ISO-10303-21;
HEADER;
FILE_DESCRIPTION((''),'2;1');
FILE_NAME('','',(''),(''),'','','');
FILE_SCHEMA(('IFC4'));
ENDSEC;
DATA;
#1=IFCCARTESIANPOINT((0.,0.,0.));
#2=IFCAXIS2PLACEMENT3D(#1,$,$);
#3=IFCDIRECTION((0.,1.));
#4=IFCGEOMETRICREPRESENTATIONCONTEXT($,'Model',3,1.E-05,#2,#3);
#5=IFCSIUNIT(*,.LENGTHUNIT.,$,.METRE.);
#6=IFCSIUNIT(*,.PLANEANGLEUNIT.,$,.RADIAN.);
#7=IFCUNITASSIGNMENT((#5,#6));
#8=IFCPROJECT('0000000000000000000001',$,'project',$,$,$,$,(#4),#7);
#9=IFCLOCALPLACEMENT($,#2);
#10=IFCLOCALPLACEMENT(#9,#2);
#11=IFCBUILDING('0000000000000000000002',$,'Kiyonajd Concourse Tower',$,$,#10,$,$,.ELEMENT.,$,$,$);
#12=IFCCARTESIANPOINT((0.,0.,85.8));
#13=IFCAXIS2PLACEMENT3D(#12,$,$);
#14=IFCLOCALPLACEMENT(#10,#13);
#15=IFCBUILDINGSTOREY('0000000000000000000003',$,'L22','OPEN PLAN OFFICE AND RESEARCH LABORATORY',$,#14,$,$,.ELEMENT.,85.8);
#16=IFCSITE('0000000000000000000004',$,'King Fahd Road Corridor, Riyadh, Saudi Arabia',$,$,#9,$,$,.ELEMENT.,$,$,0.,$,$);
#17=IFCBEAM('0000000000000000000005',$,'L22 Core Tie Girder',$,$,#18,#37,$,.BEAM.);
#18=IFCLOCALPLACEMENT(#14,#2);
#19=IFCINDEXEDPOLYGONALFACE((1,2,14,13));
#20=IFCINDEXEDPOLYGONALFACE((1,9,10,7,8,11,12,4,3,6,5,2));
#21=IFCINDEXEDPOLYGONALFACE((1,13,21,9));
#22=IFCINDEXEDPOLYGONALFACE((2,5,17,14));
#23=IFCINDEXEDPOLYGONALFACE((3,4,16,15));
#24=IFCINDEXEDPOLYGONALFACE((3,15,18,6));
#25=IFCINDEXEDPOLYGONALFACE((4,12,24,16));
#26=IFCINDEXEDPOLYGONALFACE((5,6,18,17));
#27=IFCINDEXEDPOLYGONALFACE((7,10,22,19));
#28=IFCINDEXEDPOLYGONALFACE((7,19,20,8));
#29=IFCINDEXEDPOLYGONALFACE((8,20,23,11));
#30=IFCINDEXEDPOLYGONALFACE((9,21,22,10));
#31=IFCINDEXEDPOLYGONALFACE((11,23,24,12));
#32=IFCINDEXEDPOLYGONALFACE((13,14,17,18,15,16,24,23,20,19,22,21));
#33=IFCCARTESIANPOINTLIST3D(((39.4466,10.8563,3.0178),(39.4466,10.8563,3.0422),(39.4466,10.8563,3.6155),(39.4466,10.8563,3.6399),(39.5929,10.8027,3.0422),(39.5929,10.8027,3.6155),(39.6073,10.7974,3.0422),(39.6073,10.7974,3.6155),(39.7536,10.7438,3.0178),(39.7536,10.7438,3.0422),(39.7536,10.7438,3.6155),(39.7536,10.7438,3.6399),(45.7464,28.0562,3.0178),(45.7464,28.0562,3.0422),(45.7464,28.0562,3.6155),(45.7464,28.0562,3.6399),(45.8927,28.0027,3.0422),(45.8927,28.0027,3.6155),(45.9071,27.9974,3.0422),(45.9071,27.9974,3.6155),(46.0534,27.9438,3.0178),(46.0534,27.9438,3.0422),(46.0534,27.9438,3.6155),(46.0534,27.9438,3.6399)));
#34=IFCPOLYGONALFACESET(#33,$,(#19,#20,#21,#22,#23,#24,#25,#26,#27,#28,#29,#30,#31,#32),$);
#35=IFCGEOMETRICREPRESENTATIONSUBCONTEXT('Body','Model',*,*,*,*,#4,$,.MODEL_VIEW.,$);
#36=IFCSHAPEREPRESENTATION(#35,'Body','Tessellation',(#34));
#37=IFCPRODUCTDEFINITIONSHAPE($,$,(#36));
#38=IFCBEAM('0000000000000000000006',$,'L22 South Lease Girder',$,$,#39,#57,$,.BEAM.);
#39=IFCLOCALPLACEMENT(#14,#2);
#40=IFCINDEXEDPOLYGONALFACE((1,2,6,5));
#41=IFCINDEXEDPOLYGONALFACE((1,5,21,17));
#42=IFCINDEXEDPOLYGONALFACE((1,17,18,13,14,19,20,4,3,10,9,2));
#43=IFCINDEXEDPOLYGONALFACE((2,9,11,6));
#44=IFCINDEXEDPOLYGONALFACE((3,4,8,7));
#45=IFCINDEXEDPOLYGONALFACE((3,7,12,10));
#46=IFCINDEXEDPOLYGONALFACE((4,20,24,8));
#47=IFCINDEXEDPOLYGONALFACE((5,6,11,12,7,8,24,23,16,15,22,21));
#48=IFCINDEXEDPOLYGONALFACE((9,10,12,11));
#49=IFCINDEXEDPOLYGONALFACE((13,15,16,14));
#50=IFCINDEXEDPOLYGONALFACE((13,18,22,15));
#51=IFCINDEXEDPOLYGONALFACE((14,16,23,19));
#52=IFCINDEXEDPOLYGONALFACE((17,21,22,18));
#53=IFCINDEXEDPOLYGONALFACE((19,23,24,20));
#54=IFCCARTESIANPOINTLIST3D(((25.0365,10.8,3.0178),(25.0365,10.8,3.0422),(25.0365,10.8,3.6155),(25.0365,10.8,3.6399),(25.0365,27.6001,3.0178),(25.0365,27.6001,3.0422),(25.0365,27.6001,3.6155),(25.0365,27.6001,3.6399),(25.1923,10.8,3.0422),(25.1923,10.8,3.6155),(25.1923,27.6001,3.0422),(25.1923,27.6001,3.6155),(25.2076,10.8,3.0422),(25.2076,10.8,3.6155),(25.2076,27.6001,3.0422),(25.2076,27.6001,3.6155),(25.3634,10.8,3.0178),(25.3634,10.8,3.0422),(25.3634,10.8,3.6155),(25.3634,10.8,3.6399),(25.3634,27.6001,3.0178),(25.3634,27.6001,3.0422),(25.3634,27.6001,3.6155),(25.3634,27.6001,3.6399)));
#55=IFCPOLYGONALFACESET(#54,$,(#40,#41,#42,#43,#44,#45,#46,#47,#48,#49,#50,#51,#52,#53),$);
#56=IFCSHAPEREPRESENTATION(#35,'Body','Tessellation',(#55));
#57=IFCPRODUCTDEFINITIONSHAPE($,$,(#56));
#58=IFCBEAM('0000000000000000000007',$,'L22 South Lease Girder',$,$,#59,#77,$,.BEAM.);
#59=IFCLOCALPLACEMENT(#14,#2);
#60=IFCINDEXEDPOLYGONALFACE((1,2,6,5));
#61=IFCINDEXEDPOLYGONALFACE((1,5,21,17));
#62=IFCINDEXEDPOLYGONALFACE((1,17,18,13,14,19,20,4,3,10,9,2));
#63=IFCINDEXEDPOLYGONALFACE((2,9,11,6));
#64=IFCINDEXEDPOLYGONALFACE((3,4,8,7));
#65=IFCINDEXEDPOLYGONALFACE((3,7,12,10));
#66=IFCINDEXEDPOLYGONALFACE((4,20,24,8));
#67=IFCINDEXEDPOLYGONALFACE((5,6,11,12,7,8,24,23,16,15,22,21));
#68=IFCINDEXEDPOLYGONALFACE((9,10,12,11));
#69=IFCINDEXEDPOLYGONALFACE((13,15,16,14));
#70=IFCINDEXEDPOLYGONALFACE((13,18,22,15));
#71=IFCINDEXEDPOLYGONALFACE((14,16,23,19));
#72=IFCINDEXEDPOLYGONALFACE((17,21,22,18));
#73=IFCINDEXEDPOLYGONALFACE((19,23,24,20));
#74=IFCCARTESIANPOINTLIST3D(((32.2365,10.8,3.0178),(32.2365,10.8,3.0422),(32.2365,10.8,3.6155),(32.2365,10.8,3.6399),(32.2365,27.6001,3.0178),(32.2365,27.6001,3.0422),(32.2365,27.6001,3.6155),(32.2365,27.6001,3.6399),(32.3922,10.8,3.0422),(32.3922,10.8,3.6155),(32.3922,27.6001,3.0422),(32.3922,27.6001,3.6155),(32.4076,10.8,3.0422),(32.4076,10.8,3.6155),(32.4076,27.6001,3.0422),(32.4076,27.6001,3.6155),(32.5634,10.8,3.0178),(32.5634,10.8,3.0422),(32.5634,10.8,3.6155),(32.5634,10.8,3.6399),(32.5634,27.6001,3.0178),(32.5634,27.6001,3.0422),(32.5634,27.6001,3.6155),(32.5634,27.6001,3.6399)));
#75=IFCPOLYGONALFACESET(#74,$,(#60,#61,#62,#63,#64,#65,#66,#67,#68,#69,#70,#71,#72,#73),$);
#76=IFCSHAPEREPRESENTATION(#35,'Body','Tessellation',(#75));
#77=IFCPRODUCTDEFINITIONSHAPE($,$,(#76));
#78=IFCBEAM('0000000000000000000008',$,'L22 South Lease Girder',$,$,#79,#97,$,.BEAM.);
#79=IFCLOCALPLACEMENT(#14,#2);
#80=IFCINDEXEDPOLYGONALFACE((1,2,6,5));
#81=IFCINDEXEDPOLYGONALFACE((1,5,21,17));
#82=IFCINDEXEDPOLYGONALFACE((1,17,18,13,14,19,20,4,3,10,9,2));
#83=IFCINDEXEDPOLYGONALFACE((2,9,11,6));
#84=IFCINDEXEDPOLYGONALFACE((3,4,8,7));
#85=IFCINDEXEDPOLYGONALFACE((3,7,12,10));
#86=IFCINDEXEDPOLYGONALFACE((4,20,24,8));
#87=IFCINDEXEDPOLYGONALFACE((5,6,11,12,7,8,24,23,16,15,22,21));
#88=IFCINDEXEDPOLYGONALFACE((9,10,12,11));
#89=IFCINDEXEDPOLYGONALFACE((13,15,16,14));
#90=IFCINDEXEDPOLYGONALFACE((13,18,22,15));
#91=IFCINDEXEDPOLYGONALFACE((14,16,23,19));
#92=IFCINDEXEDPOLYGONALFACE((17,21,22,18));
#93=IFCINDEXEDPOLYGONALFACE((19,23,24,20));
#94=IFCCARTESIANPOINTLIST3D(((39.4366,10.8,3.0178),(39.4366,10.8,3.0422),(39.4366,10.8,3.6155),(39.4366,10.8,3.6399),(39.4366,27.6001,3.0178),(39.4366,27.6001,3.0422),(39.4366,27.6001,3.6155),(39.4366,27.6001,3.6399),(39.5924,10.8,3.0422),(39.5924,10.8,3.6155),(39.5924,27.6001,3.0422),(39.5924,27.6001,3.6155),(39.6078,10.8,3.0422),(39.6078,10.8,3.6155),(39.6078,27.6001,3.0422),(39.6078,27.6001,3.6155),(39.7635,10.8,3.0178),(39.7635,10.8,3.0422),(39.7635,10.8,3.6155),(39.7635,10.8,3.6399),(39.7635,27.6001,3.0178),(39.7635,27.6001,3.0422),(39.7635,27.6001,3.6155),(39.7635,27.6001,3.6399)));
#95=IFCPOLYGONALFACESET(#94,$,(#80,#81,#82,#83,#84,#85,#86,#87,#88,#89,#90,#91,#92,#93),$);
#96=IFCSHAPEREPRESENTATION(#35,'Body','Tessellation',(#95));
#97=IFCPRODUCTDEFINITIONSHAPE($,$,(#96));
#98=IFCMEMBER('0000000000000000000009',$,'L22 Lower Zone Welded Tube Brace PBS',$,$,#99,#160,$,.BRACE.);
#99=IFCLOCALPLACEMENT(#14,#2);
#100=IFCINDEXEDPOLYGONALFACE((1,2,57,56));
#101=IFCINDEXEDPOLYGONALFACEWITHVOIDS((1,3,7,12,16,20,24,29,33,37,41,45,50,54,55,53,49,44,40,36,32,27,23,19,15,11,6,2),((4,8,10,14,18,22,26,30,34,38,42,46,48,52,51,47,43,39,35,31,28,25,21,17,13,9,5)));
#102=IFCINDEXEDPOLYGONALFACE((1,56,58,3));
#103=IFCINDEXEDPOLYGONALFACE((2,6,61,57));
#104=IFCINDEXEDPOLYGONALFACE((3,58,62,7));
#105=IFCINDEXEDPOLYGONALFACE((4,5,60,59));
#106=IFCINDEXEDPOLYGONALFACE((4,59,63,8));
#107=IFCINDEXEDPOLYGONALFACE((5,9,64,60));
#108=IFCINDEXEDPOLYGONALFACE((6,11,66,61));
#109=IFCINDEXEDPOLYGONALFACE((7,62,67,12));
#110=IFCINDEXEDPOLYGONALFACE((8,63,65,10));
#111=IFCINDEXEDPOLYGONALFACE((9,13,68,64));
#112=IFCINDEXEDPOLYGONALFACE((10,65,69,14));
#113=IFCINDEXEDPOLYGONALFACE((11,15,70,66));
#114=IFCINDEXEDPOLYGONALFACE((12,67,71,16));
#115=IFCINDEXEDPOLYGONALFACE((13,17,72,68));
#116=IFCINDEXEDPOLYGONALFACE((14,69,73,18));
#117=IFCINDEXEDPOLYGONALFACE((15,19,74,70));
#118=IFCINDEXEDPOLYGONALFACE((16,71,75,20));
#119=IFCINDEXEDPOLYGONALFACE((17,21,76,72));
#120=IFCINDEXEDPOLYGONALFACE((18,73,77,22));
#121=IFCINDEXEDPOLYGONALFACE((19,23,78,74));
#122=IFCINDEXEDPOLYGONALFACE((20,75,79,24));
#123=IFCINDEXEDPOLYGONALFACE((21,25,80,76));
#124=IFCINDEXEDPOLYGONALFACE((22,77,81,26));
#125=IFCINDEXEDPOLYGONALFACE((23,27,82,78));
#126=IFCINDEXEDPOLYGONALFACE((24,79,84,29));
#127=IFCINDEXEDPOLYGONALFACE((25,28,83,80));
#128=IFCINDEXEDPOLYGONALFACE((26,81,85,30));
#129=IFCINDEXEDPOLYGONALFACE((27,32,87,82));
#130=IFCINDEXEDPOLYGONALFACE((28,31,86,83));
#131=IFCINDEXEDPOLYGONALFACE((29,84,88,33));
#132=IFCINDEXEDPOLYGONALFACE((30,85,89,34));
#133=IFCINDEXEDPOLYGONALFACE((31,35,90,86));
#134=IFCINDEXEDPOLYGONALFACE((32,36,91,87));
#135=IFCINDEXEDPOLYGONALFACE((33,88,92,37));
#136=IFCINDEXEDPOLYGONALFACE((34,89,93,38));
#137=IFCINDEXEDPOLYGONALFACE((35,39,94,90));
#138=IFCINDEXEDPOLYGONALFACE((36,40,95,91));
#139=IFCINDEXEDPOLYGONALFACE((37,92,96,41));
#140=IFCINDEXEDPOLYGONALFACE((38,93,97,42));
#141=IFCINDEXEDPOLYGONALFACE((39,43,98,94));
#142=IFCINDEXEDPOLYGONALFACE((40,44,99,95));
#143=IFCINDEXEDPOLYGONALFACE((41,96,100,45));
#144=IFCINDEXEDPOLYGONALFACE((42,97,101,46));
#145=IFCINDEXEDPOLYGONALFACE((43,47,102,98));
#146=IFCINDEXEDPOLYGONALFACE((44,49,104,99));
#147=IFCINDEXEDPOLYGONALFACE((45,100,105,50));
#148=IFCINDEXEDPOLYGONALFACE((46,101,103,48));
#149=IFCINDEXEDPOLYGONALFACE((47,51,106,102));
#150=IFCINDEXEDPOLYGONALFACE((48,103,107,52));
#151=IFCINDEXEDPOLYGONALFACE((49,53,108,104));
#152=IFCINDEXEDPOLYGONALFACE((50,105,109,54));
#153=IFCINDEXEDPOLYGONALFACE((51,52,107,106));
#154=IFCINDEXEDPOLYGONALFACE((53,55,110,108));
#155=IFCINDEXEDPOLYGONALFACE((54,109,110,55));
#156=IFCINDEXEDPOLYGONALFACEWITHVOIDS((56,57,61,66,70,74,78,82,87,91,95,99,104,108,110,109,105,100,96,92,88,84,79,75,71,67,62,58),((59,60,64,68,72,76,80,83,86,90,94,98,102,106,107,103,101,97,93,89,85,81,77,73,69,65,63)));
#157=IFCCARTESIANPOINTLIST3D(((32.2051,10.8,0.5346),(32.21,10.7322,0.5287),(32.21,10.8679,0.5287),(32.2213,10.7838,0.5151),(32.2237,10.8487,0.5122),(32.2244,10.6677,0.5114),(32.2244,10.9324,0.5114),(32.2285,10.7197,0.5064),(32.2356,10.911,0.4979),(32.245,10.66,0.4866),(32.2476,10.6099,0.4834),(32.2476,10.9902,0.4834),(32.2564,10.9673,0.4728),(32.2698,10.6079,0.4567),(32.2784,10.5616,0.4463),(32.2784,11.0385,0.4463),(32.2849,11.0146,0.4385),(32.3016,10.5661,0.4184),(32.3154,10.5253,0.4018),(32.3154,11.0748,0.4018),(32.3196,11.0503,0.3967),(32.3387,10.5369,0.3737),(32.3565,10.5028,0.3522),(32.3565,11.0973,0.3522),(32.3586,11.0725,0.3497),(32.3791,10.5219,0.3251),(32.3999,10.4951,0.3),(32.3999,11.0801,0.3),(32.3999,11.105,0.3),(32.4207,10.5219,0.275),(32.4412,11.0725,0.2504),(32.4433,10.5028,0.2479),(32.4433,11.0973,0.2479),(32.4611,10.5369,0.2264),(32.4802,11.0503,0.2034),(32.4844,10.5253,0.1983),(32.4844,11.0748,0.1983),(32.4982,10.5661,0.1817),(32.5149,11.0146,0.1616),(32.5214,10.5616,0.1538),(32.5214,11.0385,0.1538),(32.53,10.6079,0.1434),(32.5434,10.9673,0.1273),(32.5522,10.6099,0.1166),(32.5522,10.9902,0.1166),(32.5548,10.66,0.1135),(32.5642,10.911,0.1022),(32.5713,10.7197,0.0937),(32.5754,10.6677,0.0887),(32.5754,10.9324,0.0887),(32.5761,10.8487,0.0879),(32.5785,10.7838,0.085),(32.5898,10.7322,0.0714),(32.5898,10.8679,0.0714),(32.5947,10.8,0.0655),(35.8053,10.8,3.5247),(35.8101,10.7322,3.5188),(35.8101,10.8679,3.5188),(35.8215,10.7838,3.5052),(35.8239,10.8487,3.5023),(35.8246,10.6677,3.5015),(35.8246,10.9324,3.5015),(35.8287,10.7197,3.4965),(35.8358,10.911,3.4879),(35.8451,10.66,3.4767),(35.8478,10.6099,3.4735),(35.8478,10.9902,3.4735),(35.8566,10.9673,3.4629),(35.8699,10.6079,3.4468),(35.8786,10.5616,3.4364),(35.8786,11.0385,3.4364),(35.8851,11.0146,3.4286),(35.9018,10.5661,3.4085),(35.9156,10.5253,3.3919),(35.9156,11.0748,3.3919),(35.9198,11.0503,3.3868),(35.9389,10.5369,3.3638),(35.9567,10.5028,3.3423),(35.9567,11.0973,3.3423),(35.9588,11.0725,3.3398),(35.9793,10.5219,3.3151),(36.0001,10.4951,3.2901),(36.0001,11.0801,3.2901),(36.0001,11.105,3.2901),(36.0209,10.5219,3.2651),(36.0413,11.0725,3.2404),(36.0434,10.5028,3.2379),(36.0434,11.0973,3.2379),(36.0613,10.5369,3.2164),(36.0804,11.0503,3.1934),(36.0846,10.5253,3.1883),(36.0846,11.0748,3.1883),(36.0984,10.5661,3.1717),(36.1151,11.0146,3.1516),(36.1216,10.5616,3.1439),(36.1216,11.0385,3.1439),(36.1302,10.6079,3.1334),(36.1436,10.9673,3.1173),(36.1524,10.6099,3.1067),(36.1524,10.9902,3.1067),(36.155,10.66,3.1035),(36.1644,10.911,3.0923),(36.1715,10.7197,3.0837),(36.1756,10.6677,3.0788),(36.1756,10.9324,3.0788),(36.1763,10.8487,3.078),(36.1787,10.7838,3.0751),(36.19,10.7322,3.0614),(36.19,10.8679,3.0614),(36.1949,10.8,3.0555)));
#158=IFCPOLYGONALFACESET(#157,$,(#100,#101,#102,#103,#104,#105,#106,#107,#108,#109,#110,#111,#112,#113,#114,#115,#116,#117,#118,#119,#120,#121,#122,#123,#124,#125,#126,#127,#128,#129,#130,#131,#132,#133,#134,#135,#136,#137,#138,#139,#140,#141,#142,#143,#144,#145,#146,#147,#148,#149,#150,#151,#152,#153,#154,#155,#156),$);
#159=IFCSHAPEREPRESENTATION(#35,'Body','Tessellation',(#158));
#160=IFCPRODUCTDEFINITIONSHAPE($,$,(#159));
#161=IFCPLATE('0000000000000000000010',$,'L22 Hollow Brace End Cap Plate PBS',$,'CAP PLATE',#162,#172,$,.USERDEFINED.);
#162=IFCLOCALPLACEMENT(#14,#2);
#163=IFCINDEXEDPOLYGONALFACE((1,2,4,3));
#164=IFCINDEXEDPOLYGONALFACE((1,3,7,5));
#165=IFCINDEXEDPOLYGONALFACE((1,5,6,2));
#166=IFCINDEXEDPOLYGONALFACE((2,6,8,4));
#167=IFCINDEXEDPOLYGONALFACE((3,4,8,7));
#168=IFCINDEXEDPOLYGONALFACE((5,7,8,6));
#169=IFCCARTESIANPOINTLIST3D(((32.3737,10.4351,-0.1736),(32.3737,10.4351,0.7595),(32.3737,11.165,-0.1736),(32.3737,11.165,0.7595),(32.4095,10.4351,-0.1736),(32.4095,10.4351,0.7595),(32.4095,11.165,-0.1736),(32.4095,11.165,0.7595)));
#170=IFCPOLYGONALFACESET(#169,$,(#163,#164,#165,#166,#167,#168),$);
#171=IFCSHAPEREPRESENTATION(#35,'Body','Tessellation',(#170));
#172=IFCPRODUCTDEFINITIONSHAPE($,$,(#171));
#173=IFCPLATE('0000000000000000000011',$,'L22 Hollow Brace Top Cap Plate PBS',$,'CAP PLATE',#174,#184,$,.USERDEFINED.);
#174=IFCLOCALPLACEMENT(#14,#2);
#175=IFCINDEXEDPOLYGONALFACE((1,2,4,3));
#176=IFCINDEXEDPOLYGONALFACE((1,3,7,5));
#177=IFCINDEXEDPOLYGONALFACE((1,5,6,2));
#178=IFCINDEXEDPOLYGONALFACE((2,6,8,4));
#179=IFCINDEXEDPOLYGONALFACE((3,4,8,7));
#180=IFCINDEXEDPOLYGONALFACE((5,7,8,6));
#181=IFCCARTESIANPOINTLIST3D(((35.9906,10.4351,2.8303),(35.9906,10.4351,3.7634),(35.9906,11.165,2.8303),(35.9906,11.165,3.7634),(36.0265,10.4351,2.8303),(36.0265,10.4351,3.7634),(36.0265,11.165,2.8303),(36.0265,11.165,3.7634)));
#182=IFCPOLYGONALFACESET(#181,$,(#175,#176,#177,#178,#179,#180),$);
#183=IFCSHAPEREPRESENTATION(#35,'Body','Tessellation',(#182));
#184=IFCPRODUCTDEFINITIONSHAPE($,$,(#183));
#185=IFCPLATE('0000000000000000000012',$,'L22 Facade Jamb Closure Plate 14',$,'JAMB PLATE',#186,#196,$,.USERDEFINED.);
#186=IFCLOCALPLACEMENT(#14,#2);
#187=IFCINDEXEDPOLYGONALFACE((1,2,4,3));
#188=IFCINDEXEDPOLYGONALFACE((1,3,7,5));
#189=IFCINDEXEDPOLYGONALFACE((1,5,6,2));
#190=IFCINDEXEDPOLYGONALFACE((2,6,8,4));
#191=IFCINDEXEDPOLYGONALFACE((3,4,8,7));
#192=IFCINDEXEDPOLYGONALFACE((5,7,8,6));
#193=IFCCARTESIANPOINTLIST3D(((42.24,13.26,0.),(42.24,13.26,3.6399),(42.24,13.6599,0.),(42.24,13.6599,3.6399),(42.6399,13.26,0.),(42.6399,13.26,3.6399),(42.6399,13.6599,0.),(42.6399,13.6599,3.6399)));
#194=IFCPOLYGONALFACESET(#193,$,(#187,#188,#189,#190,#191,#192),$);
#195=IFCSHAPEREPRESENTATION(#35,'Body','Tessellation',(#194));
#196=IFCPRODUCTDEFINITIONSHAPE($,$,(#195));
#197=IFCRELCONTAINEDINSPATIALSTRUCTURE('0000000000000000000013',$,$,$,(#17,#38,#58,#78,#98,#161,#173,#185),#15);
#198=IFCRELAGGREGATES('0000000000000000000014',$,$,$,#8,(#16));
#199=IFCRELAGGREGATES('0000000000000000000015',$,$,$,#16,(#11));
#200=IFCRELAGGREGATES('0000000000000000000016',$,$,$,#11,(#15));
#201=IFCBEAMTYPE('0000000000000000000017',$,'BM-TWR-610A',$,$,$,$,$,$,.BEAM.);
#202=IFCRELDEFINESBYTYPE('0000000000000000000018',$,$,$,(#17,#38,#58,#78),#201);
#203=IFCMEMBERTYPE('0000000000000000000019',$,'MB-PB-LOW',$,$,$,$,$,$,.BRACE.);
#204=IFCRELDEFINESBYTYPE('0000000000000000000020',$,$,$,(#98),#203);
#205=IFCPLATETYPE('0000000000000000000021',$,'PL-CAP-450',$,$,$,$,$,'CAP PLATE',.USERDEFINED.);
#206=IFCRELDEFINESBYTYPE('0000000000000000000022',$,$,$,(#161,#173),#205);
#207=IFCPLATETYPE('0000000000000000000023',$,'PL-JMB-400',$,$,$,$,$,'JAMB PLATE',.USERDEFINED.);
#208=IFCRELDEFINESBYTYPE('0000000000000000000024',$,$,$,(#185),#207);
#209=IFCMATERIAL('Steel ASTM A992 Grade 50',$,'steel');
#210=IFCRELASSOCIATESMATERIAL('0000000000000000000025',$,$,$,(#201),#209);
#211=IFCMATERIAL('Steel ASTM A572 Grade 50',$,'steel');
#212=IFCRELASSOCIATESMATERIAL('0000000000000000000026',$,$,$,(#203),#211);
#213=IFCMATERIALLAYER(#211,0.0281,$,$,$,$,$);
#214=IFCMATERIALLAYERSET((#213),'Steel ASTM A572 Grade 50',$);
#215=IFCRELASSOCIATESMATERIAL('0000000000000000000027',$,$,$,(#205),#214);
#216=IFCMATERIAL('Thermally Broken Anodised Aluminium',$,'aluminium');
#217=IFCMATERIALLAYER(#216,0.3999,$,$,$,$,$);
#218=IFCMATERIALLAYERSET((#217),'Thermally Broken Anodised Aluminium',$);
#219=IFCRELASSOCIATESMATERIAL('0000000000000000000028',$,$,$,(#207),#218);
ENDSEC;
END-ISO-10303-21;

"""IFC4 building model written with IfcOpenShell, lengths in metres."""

from ifc_helpers import new_model, si_unit, direction, frame, origin, origin_2d, place, context, subcontext, project, spatial, rectangle, hollow_circle, i_section, extrude, material, layer, layer_set, material_profile, profile_set, type_object, element, save


model = new_model("IFC4")

# Units and contexts
model_context = context("Model", 3, precision=1e-05, world=origin(), true_north=direction((0.0, 1.0)))
body_context = subcontext(model_context, "Body", "Model", "MODEL_VIEW")
ifc_project = project(units=[si_unit("LENGTHUNIT", "METRE"), si_unit("PLANEANGLEUNIT", "RADIAN")], contexts=[model_context])

# Site, building, storey
site_placement = place(None, origin())
site = spatial("IfcSite", under=ifc_project, at=site_placement, Name="King Fahd Road Corridor, Riyadh, Saudi Arabia", CompositionType="ELEMENT", RefElevation=0.0)
building_placement = place(site_placement, origin())
building = spatial("IfcBuilding", under=site, at=building_placement, Name="Kiyonajd Concourse Tower", CompositionType="ELEMENT")
storey_placement = place(building_placement, frame((0.0, 0.0, 85.8)))
storey = spatial("IfcBuildingStorey", under=building, at=storey_placement, Name="L22", Description="OPEN PLAN OFFICE AND RESEARCH LABORATORY", CompositionType="ELEMENT", Elevation=85.8)

# Beams
ifc_material_1 = material(Name="Steel ASTM A992 Grade 50", Category="steel")
ifc_material_profile_1 = material_profile(ifc_material_1, i_section(OverallWidth=0.3269, OverallDepth=0.6221, WebThickness=0.0154, FlangeThickness=0.0244, at=origin_2d()), Name="W610X195")
ifc_profile_set_1 = profile_set([ifc_material_profile_1], Name="Steel ASTM A992 Grade 50")
beam_type_1 = type_object("IfcBeamType", Name="BM-TWR-610A", PredefinedType="BEAM", material=ifc_profile_set_1)
beam_1_placement = place(storey_placement, frame((39.6001, 10.8, 3.3289), z_axis=(0.343925, 0.938997, 0.0), x_axis=(-0.938997, 0.343925, 0.0)))
element("IfcBeam", 1, at=beam_1_placement, inside=storey, type_object=beam_type_1, Name="L22 Core Tie Girder", PredefinedType="BEAM", context=body_context, shape_type="SweptSolid", body=[
    extrude(i_section(OverallWidth=0.3269, OverallDepth=0.6221, WebThickness=0.0154, FlangeThickness=0.0244, at=origin_2d()), origin(), (0.0, 0.0, 1.0), 18.3174),
])
for number, where, z_axis, x_axis, name in (
    (2, (25.2, 10.8, 3.3289), (0.0, 1.0, 0.0), (-1.0, 0.0, 0.0), "L22 South Lease Girder"),
    (3, (32.3999, 10.8, 3.3289), (0.0, 1.0, 0.0), (-1.0, 0.0, 0.0), "L22 South Lease Girder"),
    (4, (39.6001, 10.8, 3.3289), (0.0, 1.0, 0.0), (-1.0, 0.0, 0.0), "L22 South Lease Girder"),
):
    element("IfcBeam", number, at=place(storey_placement, frame(where, z_axis=z_axis, x_axis=x_axis)), inside=storey, type_object=beam_type_1, Name=name, PredefinedType="BEAM", context=body_context, shape_type="SweptSolid", body=[
        extrude(i_section(OverallWidth=0.3269, OverallDepth=0.6221, WebThickness=0.0154, FlangeThickness=0.0244, at=origin_2d()), origin(), (0.0, 0.0, 1.0), 16.8),
    ])

# Member
ifc_material_2 = material(Name="Steel ASTM A572 Grade 50", Category="steel")
ifc_material_profile_2 = material_profile(ifc_material_2, hollow_circle(Radius=0.3049, WallThickness=0.0249, at=origin_2d()), Name="CHS-610x25")
ifc_profile_set_2 = profile_set([ifc_material_profile_2], Name="Steel ASTM A572 Grade 50")
member_type = type_object("IfcMemberType", Name="MB-PB-LOW", PredefinedType="BRACE", material=ifc_profile_set_2)
member_placement = place(storey_placement, frame((32.3999, 10.8, 0.3), z_axis=(0.769281, 0.0, 0.638911), x_axis=(0.0, 1.0, 0.0)))
element("IfcMember", 5, at=member_placement, inside=storey, type_object=member_type, Name="L22 Lower Zone Welded Tube Brace PBS", PredefinedType="BRACE", context=body_context, shape_type="SweptSolid", body=[
    extrude(hollow_circle(Radius=0.3049, WallThickness=0.0249, at=origin_2d()), origin(), (0.0, 0.0, 1.0), 4.6799),
])

# Plates
ifc_layer_1 = layer(ifc_material_2, 0.0281)
ifc_layer_set_1 = layer_set([ifc_layer_1], Name="Steel ASTM A572 Grade 50")
plate_type_1 = type_object("IfcPlateType", Name="PL-CAP-450", ElementType="CAP PLATE", PredefinedType="USERDEFINED", material=ifc_layer_set_1)
for number, where, z_axis, x_axis, name in (
    (6, (32.3916, 10.8, -0.1736), (0.0, 0.0, 1.0), (-1.0, 0.0, 0.0), "L22 Hollow Brace End Cap Plate PBS"),
    (7, (36.0085, 10.8, 2.8303), (0.0, 0.0, 1.0), (1.0, 0.0, 0.0), "L22 Hollow Brace Top Cap Plate PBS"),
):
    element("IfcPlate", number, at=place(storey_placement, frame(where, z_axis=z_axis, x_axis=x_axis)), inside=storey, type_object=plate_type_1, Name=name, ObjectType="CAP PLATE", PredefinedType="USERDEFINED", context=body_context, shape_type="SweptSolid", body=[
        extrude(rectangle(XDim=0.0359, YDim=0.73, at=origin_2d()), origin(), (0.0, 0.0, 1.0), 0.9331),
    ])
ifc_material_3 = material(Name="Thermally Broken Anodised Aluminium", Category="aluminium")
ifc_layer_2 = layer(ifc_material_3, 0.3999)
ifc_layer_set_2 = layer_set([ifc_layer_2], Name="Thermally Broken Anodised Aluminium")
plate_type_2 = type_object("IfcPlateType", Name="PL-JMB-400", ElementType="JAMB PLATE", PredefinedType="USERDEFINED", material=ifc_layer_set_2)
plate_placement = place(storey_placement, frame((42.4399, 13.46, 0.0), z_axis=(0.0, 0.0, 1.0), x_axis=(1.0, 0.0, 0.0)))
element("IfcPlate", 8, at=plate_placement, inside=storey, type_object=plate_type_2, Name="L22 Facade Jamb Closure Plate 14", ObjectType="JAMB PLATE", PredefinedType="USERDEFINED", context=body_context, shape_type="SweptSolid", body=[
    extrude(rectangle(XDim=0.3999, YDim=0.3999, at=origin_2d()), origin(), (0.0, 0.0, 1.0), 3.6399),
])

save(model, "model.ifc")
